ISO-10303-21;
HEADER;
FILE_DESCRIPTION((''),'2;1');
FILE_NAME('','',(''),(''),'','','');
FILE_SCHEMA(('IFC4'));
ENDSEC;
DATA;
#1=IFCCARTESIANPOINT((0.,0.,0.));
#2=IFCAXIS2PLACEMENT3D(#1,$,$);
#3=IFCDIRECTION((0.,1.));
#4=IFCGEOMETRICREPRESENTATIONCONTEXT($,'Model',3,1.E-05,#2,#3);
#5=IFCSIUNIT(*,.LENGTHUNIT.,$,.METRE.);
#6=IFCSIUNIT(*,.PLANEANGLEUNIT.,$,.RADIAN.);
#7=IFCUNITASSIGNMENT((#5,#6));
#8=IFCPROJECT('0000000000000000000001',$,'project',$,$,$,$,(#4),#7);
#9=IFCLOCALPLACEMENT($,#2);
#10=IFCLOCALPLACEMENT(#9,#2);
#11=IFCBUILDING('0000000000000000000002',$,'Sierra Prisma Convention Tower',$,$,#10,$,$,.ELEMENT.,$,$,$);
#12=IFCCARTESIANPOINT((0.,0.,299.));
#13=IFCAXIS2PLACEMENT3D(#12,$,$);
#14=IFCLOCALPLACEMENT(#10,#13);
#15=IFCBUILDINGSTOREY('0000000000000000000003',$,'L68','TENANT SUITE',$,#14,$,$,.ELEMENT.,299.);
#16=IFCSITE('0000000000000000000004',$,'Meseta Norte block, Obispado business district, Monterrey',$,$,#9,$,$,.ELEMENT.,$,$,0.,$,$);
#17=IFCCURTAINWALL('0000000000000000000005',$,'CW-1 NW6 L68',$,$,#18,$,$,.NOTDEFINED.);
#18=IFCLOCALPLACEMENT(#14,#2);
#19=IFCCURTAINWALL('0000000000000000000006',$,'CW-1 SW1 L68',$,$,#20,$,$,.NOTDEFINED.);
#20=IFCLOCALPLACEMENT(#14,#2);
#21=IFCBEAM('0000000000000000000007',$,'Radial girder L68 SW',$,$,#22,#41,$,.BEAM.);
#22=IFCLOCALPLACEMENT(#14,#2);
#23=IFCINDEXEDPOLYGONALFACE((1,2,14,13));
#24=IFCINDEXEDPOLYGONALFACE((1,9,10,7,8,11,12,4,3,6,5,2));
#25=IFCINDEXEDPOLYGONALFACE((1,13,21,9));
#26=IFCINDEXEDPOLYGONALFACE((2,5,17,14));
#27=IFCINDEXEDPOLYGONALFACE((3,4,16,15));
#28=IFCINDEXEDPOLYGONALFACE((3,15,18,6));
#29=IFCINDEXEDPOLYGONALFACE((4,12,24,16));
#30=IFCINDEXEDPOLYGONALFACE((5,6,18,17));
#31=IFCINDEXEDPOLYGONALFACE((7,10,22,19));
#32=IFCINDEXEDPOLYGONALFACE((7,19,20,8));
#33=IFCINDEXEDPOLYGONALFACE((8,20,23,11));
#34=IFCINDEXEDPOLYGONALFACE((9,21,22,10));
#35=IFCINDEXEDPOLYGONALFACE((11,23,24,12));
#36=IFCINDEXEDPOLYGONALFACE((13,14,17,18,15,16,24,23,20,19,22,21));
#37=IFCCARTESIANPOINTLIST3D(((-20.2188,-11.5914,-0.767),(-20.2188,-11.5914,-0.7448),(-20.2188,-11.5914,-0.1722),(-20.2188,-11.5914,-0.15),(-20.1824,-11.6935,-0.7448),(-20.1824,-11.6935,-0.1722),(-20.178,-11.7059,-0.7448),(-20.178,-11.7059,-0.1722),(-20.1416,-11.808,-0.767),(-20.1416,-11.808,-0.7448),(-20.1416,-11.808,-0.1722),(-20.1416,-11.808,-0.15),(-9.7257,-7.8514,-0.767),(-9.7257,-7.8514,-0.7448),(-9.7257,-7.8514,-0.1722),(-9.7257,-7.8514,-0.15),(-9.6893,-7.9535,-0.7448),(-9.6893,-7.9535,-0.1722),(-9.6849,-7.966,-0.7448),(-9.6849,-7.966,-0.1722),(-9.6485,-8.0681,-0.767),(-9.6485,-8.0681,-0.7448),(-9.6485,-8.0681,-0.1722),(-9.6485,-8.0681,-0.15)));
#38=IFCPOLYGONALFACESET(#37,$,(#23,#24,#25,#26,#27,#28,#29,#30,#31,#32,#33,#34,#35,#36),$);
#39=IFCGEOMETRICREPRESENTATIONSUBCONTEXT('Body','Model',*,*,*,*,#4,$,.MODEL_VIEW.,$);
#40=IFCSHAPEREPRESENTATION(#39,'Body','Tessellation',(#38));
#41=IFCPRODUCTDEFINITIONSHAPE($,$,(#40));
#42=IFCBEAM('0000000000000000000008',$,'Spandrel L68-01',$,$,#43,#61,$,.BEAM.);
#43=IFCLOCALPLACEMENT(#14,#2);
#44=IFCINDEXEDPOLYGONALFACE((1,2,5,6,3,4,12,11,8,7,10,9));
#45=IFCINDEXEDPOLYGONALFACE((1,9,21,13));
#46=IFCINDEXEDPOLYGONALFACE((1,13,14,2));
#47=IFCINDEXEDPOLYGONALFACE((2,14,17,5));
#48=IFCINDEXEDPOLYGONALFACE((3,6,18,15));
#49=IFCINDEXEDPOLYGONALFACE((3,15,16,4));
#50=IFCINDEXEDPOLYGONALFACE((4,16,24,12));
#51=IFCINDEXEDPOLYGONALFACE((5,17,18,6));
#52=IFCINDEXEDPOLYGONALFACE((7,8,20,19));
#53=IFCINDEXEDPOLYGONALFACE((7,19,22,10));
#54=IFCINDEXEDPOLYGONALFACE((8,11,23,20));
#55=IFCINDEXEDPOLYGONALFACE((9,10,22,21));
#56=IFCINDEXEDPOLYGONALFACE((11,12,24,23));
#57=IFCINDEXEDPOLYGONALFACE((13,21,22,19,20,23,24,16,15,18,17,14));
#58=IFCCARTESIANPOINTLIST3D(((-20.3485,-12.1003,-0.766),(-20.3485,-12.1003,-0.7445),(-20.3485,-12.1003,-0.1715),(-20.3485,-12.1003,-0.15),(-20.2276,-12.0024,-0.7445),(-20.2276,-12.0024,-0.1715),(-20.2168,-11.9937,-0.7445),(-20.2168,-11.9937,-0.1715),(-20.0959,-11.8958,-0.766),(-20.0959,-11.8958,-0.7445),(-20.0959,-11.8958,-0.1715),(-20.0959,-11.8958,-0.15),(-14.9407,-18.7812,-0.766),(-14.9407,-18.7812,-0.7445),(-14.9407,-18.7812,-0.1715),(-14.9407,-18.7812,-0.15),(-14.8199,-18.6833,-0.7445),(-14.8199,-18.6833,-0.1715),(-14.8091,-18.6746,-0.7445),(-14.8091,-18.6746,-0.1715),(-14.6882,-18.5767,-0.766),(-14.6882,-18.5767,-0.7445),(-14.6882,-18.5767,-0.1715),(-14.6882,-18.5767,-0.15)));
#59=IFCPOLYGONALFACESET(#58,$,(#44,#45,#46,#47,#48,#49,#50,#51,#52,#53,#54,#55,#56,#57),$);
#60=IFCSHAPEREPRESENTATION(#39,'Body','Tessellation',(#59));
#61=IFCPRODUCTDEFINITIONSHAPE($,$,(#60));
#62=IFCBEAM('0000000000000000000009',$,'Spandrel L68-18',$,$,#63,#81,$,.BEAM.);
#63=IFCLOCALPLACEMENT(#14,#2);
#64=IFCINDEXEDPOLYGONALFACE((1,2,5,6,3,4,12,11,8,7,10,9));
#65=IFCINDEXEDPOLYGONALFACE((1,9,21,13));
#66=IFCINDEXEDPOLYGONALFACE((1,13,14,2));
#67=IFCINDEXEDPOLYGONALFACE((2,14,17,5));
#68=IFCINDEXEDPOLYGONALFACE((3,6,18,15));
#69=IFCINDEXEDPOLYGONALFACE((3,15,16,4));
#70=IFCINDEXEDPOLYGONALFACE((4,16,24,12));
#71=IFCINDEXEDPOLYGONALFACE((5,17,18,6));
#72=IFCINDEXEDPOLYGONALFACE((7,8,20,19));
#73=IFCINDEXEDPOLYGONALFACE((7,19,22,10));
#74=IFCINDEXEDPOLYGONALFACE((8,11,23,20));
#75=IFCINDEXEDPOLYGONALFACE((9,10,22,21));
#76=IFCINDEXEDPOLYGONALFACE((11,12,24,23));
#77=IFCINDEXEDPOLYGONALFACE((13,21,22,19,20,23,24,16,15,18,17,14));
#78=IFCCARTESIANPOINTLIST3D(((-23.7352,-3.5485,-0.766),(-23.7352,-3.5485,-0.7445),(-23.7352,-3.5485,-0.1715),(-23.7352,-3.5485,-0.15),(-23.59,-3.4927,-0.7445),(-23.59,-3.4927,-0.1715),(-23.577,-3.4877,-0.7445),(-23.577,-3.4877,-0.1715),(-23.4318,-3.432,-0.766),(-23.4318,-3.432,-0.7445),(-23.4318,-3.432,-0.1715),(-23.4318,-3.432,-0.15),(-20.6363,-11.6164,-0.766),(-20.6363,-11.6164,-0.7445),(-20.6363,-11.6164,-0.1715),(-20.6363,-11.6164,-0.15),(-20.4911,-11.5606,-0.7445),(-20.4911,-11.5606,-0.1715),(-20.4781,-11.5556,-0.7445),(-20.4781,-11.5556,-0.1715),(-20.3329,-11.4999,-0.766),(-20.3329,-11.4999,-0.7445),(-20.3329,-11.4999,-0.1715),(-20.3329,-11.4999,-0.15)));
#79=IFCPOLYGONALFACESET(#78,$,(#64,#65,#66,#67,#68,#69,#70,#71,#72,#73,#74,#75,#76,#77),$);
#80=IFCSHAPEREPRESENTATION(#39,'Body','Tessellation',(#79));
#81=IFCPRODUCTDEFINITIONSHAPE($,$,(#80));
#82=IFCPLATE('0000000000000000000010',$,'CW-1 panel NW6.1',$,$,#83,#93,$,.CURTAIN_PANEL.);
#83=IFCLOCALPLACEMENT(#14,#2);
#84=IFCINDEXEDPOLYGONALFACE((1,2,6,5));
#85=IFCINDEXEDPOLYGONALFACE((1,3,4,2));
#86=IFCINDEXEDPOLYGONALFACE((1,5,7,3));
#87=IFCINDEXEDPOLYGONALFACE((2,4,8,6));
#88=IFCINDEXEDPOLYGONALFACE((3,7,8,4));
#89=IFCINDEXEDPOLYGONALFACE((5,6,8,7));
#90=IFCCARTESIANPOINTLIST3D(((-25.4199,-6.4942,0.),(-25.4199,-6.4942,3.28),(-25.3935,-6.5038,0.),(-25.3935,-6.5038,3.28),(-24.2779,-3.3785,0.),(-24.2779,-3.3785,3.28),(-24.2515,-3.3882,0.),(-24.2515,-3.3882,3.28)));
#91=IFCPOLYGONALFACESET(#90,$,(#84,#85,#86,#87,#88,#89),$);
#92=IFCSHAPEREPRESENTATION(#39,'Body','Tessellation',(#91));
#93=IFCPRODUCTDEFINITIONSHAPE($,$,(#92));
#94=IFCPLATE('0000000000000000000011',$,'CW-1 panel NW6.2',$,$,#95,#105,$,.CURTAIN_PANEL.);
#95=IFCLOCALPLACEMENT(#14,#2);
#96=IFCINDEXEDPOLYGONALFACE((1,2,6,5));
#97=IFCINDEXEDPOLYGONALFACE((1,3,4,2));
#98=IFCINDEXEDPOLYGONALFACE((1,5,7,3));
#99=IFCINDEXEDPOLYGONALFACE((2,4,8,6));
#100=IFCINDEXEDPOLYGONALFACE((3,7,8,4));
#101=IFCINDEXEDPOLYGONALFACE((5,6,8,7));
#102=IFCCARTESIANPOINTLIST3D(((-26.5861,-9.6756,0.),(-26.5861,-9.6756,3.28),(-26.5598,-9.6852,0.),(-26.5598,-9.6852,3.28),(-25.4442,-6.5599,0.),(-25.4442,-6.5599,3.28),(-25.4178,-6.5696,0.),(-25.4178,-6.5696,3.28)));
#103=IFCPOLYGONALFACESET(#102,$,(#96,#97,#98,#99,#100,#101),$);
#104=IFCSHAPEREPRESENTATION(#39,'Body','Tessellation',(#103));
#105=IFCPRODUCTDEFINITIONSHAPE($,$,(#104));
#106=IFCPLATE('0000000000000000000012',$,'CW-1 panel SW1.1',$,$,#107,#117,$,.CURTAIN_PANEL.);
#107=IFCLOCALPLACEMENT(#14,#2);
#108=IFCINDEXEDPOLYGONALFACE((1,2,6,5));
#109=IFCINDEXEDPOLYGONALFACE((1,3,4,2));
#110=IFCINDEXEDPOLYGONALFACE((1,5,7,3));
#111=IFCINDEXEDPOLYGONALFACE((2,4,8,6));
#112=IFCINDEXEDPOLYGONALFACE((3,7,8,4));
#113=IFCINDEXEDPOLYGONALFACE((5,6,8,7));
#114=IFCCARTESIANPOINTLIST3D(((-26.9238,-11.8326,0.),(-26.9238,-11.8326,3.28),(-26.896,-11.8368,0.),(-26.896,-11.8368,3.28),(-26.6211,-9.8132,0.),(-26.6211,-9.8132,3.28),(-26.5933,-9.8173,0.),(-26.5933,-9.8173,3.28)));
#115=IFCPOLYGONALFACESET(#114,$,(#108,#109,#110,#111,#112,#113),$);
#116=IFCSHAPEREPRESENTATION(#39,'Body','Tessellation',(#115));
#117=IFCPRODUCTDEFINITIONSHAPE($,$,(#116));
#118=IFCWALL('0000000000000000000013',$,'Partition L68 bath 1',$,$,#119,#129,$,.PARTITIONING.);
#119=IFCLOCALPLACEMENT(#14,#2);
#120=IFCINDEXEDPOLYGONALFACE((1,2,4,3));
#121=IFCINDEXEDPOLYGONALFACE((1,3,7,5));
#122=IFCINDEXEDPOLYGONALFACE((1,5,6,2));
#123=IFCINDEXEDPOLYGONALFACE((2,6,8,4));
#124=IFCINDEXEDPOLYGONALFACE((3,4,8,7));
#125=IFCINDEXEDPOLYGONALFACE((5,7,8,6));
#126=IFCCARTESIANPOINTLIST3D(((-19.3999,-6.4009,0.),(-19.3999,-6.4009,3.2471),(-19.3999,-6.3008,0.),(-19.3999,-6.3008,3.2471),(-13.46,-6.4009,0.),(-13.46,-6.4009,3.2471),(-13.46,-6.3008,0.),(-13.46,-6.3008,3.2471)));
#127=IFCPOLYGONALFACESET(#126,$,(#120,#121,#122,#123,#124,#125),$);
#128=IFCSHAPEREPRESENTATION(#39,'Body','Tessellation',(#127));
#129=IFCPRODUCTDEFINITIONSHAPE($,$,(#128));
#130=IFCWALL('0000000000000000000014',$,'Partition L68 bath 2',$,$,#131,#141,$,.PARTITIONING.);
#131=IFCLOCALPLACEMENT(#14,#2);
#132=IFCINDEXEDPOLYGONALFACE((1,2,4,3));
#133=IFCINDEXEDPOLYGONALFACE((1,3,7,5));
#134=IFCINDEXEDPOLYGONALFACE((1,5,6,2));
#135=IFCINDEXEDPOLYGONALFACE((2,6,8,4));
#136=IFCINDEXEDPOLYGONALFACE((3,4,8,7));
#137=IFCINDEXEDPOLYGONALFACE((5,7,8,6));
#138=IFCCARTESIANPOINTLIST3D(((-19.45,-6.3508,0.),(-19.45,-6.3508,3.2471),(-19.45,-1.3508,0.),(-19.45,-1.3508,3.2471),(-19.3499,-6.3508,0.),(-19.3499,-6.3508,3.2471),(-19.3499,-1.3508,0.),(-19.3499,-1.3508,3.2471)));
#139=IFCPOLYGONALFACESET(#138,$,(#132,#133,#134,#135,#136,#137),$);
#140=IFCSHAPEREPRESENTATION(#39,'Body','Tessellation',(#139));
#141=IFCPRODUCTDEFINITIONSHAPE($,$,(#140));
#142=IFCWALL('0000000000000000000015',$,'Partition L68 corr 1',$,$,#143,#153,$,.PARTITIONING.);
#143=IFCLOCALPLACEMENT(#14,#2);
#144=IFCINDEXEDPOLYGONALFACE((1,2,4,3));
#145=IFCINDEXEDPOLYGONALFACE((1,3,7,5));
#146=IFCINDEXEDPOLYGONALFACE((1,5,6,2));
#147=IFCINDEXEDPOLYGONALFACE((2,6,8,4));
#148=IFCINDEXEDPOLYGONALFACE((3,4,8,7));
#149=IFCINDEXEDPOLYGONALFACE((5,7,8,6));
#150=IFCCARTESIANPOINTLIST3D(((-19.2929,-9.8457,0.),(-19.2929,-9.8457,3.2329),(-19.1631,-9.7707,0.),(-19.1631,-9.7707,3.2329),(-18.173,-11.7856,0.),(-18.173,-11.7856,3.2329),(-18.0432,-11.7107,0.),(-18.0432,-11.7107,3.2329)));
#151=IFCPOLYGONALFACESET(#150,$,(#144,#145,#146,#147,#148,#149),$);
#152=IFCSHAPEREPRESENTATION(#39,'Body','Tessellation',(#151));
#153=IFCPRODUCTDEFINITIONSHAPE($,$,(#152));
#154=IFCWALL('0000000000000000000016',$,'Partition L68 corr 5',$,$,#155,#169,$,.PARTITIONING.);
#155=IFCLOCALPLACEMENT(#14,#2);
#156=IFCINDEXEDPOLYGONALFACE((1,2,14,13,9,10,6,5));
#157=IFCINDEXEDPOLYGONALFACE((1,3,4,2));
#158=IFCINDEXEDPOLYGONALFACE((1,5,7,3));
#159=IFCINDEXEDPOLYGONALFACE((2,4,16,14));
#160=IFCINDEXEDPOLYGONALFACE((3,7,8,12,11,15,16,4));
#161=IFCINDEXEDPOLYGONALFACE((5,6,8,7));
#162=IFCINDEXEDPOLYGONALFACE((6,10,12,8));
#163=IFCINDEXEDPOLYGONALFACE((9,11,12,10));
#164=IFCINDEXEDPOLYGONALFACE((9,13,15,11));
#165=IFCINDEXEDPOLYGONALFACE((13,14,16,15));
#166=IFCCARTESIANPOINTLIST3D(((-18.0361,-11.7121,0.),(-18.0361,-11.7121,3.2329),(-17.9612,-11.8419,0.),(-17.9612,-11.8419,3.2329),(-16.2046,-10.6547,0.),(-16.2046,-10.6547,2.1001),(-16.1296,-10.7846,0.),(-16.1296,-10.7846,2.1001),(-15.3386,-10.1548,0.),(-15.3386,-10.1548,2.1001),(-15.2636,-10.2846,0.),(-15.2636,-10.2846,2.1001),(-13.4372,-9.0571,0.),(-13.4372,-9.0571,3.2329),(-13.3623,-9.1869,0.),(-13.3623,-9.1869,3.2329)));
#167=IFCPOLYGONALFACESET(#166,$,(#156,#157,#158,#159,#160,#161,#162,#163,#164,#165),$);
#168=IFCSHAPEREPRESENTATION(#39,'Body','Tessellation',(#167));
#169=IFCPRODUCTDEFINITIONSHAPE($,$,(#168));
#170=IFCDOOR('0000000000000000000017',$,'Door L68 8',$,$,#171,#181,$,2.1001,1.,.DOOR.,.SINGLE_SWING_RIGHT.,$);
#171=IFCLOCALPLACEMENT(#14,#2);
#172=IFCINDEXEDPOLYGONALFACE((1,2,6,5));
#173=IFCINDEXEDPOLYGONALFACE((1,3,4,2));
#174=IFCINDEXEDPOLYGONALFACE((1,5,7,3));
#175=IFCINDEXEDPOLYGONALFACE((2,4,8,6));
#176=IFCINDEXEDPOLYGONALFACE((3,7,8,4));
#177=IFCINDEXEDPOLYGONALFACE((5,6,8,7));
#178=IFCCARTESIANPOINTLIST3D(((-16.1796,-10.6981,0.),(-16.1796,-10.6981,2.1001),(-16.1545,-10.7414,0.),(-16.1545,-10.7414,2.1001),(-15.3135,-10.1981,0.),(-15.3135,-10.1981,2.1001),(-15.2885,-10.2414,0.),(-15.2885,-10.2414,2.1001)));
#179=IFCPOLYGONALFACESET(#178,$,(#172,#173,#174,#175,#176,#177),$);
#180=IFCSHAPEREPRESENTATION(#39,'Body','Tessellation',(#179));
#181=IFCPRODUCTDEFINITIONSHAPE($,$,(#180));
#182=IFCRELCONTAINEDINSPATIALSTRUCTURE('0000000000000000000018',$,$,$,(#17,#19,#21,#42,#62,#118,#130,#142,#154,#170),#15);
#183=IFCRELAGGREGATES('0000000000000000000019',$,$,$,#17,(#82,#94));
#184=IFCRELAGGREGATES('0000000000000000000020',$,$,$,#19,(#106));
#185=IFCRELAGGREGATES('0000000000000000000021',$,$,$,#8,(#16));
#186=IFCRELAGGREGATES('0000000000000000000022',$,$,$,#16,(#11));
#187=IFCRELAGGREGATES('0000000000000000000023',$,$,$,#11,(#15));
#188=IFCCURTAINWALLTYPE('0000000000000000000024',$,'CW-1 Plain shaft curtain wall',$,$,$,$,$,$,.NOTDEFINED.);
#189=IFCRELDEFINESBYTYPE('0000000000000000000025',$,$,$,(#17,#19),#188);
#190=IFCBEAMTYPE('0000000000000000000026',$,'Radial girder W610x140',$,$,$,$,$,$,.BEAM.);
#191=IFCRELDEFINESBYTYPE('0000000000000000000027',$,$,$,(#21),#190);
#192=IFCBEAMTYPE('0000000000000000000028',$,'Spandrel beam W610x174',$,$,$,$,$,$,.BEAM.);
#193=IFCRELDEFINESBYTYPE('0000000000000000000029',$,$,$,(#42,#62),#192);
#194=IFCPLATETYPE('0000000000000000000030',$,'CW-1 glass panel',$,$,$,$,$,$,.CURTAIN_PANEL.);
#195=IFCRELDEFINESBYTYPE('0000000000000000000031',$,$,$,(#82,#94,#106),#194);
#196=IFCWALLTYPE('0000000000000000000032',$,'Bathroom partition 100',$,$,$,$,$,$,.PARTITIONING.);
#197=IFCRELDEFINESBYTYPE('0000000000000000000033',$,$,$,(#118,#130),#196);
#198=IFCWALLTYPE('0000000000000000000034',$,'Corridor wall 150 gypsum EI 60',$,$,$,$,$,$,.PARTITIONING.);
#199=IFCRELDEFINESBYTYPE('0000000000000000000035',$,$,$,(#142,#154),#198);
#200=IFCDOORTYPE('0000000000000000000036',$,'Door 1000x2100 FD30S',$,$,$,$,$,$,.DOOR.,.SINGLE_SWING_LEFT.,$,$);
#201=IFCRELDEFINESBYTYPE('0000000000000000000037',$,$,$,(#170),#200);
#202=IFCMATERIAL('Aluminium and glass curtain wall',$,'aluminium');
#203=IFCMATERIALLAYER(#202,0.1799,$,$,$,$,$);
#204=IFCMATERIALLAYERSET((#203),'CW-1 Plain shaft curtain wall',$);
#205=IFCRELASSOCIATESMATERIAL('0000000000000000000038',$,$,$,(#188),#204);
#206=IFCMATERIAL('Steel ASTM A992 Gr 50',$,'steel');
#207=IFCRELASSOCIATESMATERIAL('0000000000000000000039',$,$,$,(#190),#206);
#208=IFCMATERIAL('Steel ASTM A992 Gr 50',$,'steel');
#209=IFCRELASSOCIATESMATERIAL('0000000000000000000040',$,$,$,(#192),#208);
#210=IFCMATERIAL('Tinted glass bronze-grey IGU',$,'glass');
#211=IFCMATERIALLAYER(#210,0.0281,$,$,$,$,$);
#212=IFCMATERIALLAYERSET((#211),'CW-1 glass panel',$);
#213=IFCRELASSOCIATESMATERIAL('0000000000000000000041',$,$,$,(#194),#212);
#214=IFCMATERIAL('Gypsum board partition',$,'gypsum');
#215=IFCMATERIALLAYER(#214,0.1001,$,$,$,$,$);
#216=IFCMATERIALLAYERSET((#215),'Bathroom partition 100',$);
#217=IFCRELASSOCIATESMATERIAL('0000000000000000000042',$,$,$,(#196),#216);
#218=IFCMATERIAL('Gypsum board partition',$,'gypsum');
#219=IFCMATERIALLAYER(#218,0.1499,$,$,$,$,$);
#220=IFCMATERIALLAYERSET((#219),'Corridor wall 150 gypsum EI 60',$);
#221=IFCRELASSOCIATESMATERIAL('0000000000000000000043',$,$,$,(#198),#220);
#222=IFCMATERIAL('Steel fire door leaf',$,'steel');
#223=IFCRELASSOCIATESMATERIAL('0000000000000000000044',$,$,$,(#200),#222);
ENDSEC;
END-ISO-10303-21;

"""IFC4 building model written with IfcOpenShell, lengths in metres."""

from ifc_helpers import new_model, si_unit, direction, frame, frame_2d, origin, origin_2d, place, context, subcontext, project, spatial, rectangle, i_section, extrude, material, layer, layer_set, material_profile, profile_set, type_object, element, fill, aggregate, save


model = new_model("IFC4")

# Units and contexts
model_context = context("Model", 3, precision=1e-05, world=origin(), true_north=direction((0.0, 1.0)))
body_context = subcontext(model_context, "Body", "Model", "MODEL_VIEW")
ifc_project = project(units=[si_unit("LENGTHUNIT", "METRE"), si_unit("PLANEANGLEUNIT", "RADIAN")], contexts=[model_context])

# Site, building, storey
site_placement = place(None, origin())
site = spatial("IfcSite", under=ifc_project, at=site_placement, Name="Meseta Norte block, Obispado business district, Monterrey", CompositionType="ELEMENT", RefElevation=0.0)
building_placement = place(site_placement, origin())
building = spatial("IfcBuilding", under=site, at=building_placement, Name="Sierra Prisma Convention Tower", CompositionType="ELEMENT")
storey_placement = place(building_placement, frame((0.0, 0.0, 299.0)))
storey = spatial("IfcBuildingStorey", under=building, at=storey_placement, Name="L68", Description="TENANT SUITE", CompositionType="ELEMENT", Elevation=299.0)

# Curtain walls
ifc_material_1 = material(Name="Aluminium and glass curtain wall", Category="aluminium")
ifc_layer_1 = layer(ifc_material_1, 0.1799)
ifc_layer_set_1 = layer_set([ifc_layer_1], Name="CW-1 Plain shaft curtain wall")
curtain_wall_type = type_object("IfcCurtainWallType", Name="CW-1 Plain shaft curtain wall", PredefinedType="NOTDEFINED", material=ifc_layer_set_1)
curtain_wall_1_placement = place(storey_placement, origin())
curtain_wall_1 = element("IfcCurtainWall", 1, at=curtain_wall_1_placement, inside=storey, type_object=curtain_wall_type, Name="CW-1 NW6 L68", PredefinedType="NOTDEFINED")
curtain_wall_2_placement = place(storey_placement, origin())
curtain_wall_2 = element("IfcCurtainWall", 2, at=curtain_wall_2_placement, inside=storey, type_object=curtain_wall_type, Name="CW-1 SW1 L68", PredefinedType="NOTDEFINED")

# Beams
ifc_material_2 = material(Name="Steel ASTM A992 Gr 50", Category="steel")
ifc_material_profile_1 = material_profile(ifc_material_2, i_section(OverallWidth=0.23, OverallDepth=0.6169, WebThickness=0.0132, FlangeThickness=0.0222, at=origin_2d()), Name="W610x140")
ifc_profile_set_1 = profile_set([ifc_material_profile_1], Name="Steel ASTM A992 Gr 50")
beam_type_1 = type_object("IfcBeamType", Name="Radial girder W610x140", PredefinedType="BEAM", material=ifc_profile_set_1)
beam_1_placement = place(storey_placement, frame((-20.1802, -11.6997, -0.4585), z_axis=(0.941957, 0.335734, 0.0), x_axis=(-0.335734, 0.941957, 0.0)))
element("IfcBeam", 3, at=beam_1_placement, inside=storey, type_object=beam_type_1, Name="Radial girder L68 SW", PredefinedType="BEAM", context=body_context, shape_type="SweptSolid", body=[
    extrude(i_section(OverallWidth=0.23, OverallDepth=0.6169, WebThickness=0.0132, FlangeThickness=0.0222, at=origin_2d()), origin(), (0.0, 0.0, 1.0), 11.1396),
])
ifc_material_3 = material(Name="Steel ASTM A992 Gr 50", Category="steel")
ifc_material_profile_2 = material_profile(ifc_material_3, i_section(OverallWidth=0.325, OverallDepth=0.616, WebThickness=0.0139, FlangeThickness=0.0215, at=origin_2d()), Name="W610x174")
ifc_profile_set_2 = profile_set([ifc_material_profile_2], Name="Steel ASTM A992 Gr 50")
beam_type_2 = type_object("IfcBeamType", Name="Spandrel beam W610x174", PredefinedType="BEAM", material=ifc_profile_set_2)
beam_2_placement = place(storey_placement, frame((-20.2222, -11.998, -0.458), z_axis=(0.629153, -0.777281, 0.0), x_axis=(0.777281, 0.629153, 0.0)))
element("IfcBeam", 4, at=beam_2_placement, inside=storey, type_object=beam_type_2, Name="Spandrel L68-01", PredefinedType="BEAM", context=body_context, shape_type="SweptSolid", body=[
    extrude(i_section(OverallWidth=0.325, OverallDepth=0.616, WebThickness=0.0139, FlangeThickness=0.0215, at=origin_2d()), origin(), (0.0, 0.0, 1.0), 8.5952),
])
beam_3_placement = place(storey_placement, frame((-23.5835, -3.4902, -0.458), z_axis=(0.358561, -0.933506, 0.0), x_axis=(0.933506, 0.358561, 0.0)))
element("IfcBeam", 5, at=beam_3_placement, inside=storey, type_object=beam_type_2, Name="Spandrel L68-18", PredefinedType="BEAM", context=body_context, shape_type="SweptSolid", body=[
    extrude(i_section(OverallWidth=0.325, OverallDepth=0.616, WebThickness=0.0139, FlangeThickness=0.0215, at=origin_2d()), origin(), (0.0, 0.0, 1.0), 8.6426),
])

# Plates
ifc_material_4 = material(Name="Tinted glass bronze-grey IGU", Category="glass")
ifc_layer_2 = layer(ifc_material_4, 0.0281)
ifc_layer_set_2 = layer_set([ifc_layer_2], Name="CW-1 glass panel")
plate_type = type_object("IfcPlateType", Name="CW-1 glass panel", PredefinedType="CURTAIN_PANEL", material=ifc_layer_set_2)
plate_1_placement = place(storey_placement, frame((-24.8357, -4.9412, 0.0), z_axis=(0.0, 0.0, 1.0), x_axis=(-0.344136, -0.93892, 0.0)))
plate_1 = element("IfcPlate", 6, at=plate_1_placement, type_object=plate_type, Name="CW-1 panel NW6.1", PredefinedType="CURTAIN_PANEL", context=body_context, shape_type="SweptSolid", body=[
    extrude(rectangle(XDim=3.3184, YDim=0.0281, at=origin_2d()), origin(), (0.0, 0.0, 1.0), 3.28),
])
plate_2_placement = place(storey_placement, frame((-26.002, -8.1226, 0.0), z_axis=(0.0, 0.0, 1.0), x_axis=(-0.344136, -0.93892, 0.0)))
plate_2 = element("IfcPlate", 7, at=plate_2_placement, type_object=plate_type, Name="CW-1 panel NW6.2", PredefinedType="CURTAIN_PANEL", context=body_context, shape_type="SweptSolid", body=[
    extrude(rectangle(XDim=3.3184, YDim=0.0281, at=origin_2d()), origin(), (0.0, 0.0, 1.0), 3.28),
])
aggregate(curtain_wall_1, [plate_1, plate_2])
plate_3_placement = place(storey_placement, frame((-26.7585, -10.825, 0.0), z_axis=(0.0, 0.0, 1.0), x_axis=(-0.148222, -0.988954, 0.0)))
plate_3 = element("IfcPlate", 8, at=plate_3_placement, type_object=plate_type, Name="CW-1 panel SW1.1", PredefinedType="CURTAIN_PANEL", context=body_context, shape_type="SweptSolid", body=[
    extrude(rectangle(XDim=2.042, YDim=0.0281, at=origin_2d()), origin(), (0.0, 0.0, 1.0), 3.28),
])
aggregate(curtain_wall_2, [plate_3])

# Walls
ifc_material_5 = material(Name="Gypsum board partition", Category="gypsum")
ifc_layer_3 = layer(ifc_material_5, 0.1001)
ifc_layer_set_3 = layer_set([ifc_layer_3], Name="Bathroom partition 100")
wall_type_1 = type_object("IfcWallType", Name="Bathroom partition 100", PredefinedType="PARTITIONING", material=ifc_layer_set_3)
wall_1_placement = place(storey_placement, frame((-13.46, -6.3508, 0.0), z_axis=(0.0, 0.0, 1.0), x_axis=(-1.0, 0.0, 0.0)))
element("IfcWall", 9, at=wall_1_placement, inside=storey, type_object=wall_type_1, Name="Partition L68 bath 1", PredefinedType="PARTITIONING", context=body_context, shape_type="SweptSolid", body=[
    extrude(rectangle(XDim=5.9399, YDim=0.1001, at=frame_2d((2.97, 0.0))), origin(), (0.0, 0.0, 1.0), 3.2471),
])
wall_2_placement = place(storey_placement, frame((-19.3999, -6.3508, 0.0), z_axis=(0.0, 0.0, 1.0), x_axis=(0.0, 1.0, 0.0)))
element("IfcWall", 10, at=wall_2_placement, inside=storey, type_object=wall_type_1, Name="Partition L68 bath 2", PredefinedType="PARTITIONING", context=body_context, shape_type="SweptSolid", body=[
    extrude(rectangle(XDim=5.0, YDim=0.1001, at=frame_2d((2.5, 0.0))), origin(), (0.0, 0.0, 1.0), 3.2471),
])
ifc_material_6 = material(Name="Gypsum board partition", Category="gypsum")
ifc_layer_4 = layer(ifc_material_6, 0.1499)
ifc_layer_set_4 = layer_set([ifc_layer_4], Name="Corridor wall 150 gypsum EI 60")
wall_type_2 = type_object("IfcWallType", Name="Corridor wall 150 gypsum EI 60", PredefinedType="PARTITIONING", material=ifc_layer_set_4)
wall_3_placement = place(storey_placement, frame((-19.228, -9.8081, 0.0), z_axis=(0.0, 0.0, 1.0), x_axis=(0.499949, -0.866055, 0.0)))
element("IfcWall", 11, at=wall_3_placement, inside=storey, type_object=wall_type_2, Name="Partition L68 corr 1", PredefinedType="PARTITIONING", context=body_context, shape_type="SweptSolid", body=[
    extrude(rectangle(XDim=2.24, YDim=0.1499, at=frame_2d((1.1201, 0.0))), origin(), (0.0, 0.0, 1.0), 3.2329),
])

# Wall, opening, door
wall_4_placement = place(storey_placement, frame((-17.9988, -11.7771, 0.0), z_axis=(0.0, 0.0, 1.0), x_axis=(0.866036, 0.499981, 0.0)))
wall_4 = element("IfcWall", 12, at=wall_4_placement, inside=storey, type_object=wall_type_2, Name="Partition L68 corr 5", PredefinedType="PARTITIONING", context=body_context, shape_type="SweptSolid", body=[
    extrude(rectangle(XDim=5.3103, YDim=0.1499, at=frame_2d((2.6553, 0.0))), origin(), (0.0, 0.0, 1.0), 3.2329),
])
opening_placement = place(wall_4_placement, frame((2.115, 0.0, 0.0)))
opening = element("IfcOpeningElement", 13, at=opening_placement, cuts=wall_4, PredefinedType="OPENING", context=body_context, shape_type="SweptSolid", body=[
    extrude(rectangle(XDim=1.0, YDim=2.1001, at=frame_2d((0.5, 1.05))), frame((0.0, 0.075, 0.0), z_axis=(0.0, -1.0, 0.0), x_axis=(1.0, 0.0, 0.0)), (0.0, 0.0, 1.0), 0.1499),
])
ifc_material_7 = material(Name="Steel fire door leaf", Category="steel")
door_type = type_object("IfcDoorType", Name="Door 1000x2100 FD30S", OperationType="SINGLE_SWING_LEFT", PredefinedType="DOOR", material=ifc_material_7)
door_placement = place(opening_placement, origin())
door = element("IfcDoor", 14, at=door_placement, inside=storey, type_object=door_type, Name="Door L68 8", OperationType="SINGLE_SWING_RIGHT", OverallHeight=2.1001, OverallWidth=1.0, PredefinedType="DOOR", context=body_context, shape_type="SweptSolid", body=[
    extrude(rectangle(XDim=1.0, YDim=2.1001, at=frame_2d((0.5, 1.05))), frame((0.0, 0.0249, 0.0), z_axis=(0.0, -1.0, 0.0), x_axis=(1.0, 0.0, 0.0)), (0.0, 0.0, 1.0), 0.05),
])
fill(opening, door)

save(model, "model.ifc")
